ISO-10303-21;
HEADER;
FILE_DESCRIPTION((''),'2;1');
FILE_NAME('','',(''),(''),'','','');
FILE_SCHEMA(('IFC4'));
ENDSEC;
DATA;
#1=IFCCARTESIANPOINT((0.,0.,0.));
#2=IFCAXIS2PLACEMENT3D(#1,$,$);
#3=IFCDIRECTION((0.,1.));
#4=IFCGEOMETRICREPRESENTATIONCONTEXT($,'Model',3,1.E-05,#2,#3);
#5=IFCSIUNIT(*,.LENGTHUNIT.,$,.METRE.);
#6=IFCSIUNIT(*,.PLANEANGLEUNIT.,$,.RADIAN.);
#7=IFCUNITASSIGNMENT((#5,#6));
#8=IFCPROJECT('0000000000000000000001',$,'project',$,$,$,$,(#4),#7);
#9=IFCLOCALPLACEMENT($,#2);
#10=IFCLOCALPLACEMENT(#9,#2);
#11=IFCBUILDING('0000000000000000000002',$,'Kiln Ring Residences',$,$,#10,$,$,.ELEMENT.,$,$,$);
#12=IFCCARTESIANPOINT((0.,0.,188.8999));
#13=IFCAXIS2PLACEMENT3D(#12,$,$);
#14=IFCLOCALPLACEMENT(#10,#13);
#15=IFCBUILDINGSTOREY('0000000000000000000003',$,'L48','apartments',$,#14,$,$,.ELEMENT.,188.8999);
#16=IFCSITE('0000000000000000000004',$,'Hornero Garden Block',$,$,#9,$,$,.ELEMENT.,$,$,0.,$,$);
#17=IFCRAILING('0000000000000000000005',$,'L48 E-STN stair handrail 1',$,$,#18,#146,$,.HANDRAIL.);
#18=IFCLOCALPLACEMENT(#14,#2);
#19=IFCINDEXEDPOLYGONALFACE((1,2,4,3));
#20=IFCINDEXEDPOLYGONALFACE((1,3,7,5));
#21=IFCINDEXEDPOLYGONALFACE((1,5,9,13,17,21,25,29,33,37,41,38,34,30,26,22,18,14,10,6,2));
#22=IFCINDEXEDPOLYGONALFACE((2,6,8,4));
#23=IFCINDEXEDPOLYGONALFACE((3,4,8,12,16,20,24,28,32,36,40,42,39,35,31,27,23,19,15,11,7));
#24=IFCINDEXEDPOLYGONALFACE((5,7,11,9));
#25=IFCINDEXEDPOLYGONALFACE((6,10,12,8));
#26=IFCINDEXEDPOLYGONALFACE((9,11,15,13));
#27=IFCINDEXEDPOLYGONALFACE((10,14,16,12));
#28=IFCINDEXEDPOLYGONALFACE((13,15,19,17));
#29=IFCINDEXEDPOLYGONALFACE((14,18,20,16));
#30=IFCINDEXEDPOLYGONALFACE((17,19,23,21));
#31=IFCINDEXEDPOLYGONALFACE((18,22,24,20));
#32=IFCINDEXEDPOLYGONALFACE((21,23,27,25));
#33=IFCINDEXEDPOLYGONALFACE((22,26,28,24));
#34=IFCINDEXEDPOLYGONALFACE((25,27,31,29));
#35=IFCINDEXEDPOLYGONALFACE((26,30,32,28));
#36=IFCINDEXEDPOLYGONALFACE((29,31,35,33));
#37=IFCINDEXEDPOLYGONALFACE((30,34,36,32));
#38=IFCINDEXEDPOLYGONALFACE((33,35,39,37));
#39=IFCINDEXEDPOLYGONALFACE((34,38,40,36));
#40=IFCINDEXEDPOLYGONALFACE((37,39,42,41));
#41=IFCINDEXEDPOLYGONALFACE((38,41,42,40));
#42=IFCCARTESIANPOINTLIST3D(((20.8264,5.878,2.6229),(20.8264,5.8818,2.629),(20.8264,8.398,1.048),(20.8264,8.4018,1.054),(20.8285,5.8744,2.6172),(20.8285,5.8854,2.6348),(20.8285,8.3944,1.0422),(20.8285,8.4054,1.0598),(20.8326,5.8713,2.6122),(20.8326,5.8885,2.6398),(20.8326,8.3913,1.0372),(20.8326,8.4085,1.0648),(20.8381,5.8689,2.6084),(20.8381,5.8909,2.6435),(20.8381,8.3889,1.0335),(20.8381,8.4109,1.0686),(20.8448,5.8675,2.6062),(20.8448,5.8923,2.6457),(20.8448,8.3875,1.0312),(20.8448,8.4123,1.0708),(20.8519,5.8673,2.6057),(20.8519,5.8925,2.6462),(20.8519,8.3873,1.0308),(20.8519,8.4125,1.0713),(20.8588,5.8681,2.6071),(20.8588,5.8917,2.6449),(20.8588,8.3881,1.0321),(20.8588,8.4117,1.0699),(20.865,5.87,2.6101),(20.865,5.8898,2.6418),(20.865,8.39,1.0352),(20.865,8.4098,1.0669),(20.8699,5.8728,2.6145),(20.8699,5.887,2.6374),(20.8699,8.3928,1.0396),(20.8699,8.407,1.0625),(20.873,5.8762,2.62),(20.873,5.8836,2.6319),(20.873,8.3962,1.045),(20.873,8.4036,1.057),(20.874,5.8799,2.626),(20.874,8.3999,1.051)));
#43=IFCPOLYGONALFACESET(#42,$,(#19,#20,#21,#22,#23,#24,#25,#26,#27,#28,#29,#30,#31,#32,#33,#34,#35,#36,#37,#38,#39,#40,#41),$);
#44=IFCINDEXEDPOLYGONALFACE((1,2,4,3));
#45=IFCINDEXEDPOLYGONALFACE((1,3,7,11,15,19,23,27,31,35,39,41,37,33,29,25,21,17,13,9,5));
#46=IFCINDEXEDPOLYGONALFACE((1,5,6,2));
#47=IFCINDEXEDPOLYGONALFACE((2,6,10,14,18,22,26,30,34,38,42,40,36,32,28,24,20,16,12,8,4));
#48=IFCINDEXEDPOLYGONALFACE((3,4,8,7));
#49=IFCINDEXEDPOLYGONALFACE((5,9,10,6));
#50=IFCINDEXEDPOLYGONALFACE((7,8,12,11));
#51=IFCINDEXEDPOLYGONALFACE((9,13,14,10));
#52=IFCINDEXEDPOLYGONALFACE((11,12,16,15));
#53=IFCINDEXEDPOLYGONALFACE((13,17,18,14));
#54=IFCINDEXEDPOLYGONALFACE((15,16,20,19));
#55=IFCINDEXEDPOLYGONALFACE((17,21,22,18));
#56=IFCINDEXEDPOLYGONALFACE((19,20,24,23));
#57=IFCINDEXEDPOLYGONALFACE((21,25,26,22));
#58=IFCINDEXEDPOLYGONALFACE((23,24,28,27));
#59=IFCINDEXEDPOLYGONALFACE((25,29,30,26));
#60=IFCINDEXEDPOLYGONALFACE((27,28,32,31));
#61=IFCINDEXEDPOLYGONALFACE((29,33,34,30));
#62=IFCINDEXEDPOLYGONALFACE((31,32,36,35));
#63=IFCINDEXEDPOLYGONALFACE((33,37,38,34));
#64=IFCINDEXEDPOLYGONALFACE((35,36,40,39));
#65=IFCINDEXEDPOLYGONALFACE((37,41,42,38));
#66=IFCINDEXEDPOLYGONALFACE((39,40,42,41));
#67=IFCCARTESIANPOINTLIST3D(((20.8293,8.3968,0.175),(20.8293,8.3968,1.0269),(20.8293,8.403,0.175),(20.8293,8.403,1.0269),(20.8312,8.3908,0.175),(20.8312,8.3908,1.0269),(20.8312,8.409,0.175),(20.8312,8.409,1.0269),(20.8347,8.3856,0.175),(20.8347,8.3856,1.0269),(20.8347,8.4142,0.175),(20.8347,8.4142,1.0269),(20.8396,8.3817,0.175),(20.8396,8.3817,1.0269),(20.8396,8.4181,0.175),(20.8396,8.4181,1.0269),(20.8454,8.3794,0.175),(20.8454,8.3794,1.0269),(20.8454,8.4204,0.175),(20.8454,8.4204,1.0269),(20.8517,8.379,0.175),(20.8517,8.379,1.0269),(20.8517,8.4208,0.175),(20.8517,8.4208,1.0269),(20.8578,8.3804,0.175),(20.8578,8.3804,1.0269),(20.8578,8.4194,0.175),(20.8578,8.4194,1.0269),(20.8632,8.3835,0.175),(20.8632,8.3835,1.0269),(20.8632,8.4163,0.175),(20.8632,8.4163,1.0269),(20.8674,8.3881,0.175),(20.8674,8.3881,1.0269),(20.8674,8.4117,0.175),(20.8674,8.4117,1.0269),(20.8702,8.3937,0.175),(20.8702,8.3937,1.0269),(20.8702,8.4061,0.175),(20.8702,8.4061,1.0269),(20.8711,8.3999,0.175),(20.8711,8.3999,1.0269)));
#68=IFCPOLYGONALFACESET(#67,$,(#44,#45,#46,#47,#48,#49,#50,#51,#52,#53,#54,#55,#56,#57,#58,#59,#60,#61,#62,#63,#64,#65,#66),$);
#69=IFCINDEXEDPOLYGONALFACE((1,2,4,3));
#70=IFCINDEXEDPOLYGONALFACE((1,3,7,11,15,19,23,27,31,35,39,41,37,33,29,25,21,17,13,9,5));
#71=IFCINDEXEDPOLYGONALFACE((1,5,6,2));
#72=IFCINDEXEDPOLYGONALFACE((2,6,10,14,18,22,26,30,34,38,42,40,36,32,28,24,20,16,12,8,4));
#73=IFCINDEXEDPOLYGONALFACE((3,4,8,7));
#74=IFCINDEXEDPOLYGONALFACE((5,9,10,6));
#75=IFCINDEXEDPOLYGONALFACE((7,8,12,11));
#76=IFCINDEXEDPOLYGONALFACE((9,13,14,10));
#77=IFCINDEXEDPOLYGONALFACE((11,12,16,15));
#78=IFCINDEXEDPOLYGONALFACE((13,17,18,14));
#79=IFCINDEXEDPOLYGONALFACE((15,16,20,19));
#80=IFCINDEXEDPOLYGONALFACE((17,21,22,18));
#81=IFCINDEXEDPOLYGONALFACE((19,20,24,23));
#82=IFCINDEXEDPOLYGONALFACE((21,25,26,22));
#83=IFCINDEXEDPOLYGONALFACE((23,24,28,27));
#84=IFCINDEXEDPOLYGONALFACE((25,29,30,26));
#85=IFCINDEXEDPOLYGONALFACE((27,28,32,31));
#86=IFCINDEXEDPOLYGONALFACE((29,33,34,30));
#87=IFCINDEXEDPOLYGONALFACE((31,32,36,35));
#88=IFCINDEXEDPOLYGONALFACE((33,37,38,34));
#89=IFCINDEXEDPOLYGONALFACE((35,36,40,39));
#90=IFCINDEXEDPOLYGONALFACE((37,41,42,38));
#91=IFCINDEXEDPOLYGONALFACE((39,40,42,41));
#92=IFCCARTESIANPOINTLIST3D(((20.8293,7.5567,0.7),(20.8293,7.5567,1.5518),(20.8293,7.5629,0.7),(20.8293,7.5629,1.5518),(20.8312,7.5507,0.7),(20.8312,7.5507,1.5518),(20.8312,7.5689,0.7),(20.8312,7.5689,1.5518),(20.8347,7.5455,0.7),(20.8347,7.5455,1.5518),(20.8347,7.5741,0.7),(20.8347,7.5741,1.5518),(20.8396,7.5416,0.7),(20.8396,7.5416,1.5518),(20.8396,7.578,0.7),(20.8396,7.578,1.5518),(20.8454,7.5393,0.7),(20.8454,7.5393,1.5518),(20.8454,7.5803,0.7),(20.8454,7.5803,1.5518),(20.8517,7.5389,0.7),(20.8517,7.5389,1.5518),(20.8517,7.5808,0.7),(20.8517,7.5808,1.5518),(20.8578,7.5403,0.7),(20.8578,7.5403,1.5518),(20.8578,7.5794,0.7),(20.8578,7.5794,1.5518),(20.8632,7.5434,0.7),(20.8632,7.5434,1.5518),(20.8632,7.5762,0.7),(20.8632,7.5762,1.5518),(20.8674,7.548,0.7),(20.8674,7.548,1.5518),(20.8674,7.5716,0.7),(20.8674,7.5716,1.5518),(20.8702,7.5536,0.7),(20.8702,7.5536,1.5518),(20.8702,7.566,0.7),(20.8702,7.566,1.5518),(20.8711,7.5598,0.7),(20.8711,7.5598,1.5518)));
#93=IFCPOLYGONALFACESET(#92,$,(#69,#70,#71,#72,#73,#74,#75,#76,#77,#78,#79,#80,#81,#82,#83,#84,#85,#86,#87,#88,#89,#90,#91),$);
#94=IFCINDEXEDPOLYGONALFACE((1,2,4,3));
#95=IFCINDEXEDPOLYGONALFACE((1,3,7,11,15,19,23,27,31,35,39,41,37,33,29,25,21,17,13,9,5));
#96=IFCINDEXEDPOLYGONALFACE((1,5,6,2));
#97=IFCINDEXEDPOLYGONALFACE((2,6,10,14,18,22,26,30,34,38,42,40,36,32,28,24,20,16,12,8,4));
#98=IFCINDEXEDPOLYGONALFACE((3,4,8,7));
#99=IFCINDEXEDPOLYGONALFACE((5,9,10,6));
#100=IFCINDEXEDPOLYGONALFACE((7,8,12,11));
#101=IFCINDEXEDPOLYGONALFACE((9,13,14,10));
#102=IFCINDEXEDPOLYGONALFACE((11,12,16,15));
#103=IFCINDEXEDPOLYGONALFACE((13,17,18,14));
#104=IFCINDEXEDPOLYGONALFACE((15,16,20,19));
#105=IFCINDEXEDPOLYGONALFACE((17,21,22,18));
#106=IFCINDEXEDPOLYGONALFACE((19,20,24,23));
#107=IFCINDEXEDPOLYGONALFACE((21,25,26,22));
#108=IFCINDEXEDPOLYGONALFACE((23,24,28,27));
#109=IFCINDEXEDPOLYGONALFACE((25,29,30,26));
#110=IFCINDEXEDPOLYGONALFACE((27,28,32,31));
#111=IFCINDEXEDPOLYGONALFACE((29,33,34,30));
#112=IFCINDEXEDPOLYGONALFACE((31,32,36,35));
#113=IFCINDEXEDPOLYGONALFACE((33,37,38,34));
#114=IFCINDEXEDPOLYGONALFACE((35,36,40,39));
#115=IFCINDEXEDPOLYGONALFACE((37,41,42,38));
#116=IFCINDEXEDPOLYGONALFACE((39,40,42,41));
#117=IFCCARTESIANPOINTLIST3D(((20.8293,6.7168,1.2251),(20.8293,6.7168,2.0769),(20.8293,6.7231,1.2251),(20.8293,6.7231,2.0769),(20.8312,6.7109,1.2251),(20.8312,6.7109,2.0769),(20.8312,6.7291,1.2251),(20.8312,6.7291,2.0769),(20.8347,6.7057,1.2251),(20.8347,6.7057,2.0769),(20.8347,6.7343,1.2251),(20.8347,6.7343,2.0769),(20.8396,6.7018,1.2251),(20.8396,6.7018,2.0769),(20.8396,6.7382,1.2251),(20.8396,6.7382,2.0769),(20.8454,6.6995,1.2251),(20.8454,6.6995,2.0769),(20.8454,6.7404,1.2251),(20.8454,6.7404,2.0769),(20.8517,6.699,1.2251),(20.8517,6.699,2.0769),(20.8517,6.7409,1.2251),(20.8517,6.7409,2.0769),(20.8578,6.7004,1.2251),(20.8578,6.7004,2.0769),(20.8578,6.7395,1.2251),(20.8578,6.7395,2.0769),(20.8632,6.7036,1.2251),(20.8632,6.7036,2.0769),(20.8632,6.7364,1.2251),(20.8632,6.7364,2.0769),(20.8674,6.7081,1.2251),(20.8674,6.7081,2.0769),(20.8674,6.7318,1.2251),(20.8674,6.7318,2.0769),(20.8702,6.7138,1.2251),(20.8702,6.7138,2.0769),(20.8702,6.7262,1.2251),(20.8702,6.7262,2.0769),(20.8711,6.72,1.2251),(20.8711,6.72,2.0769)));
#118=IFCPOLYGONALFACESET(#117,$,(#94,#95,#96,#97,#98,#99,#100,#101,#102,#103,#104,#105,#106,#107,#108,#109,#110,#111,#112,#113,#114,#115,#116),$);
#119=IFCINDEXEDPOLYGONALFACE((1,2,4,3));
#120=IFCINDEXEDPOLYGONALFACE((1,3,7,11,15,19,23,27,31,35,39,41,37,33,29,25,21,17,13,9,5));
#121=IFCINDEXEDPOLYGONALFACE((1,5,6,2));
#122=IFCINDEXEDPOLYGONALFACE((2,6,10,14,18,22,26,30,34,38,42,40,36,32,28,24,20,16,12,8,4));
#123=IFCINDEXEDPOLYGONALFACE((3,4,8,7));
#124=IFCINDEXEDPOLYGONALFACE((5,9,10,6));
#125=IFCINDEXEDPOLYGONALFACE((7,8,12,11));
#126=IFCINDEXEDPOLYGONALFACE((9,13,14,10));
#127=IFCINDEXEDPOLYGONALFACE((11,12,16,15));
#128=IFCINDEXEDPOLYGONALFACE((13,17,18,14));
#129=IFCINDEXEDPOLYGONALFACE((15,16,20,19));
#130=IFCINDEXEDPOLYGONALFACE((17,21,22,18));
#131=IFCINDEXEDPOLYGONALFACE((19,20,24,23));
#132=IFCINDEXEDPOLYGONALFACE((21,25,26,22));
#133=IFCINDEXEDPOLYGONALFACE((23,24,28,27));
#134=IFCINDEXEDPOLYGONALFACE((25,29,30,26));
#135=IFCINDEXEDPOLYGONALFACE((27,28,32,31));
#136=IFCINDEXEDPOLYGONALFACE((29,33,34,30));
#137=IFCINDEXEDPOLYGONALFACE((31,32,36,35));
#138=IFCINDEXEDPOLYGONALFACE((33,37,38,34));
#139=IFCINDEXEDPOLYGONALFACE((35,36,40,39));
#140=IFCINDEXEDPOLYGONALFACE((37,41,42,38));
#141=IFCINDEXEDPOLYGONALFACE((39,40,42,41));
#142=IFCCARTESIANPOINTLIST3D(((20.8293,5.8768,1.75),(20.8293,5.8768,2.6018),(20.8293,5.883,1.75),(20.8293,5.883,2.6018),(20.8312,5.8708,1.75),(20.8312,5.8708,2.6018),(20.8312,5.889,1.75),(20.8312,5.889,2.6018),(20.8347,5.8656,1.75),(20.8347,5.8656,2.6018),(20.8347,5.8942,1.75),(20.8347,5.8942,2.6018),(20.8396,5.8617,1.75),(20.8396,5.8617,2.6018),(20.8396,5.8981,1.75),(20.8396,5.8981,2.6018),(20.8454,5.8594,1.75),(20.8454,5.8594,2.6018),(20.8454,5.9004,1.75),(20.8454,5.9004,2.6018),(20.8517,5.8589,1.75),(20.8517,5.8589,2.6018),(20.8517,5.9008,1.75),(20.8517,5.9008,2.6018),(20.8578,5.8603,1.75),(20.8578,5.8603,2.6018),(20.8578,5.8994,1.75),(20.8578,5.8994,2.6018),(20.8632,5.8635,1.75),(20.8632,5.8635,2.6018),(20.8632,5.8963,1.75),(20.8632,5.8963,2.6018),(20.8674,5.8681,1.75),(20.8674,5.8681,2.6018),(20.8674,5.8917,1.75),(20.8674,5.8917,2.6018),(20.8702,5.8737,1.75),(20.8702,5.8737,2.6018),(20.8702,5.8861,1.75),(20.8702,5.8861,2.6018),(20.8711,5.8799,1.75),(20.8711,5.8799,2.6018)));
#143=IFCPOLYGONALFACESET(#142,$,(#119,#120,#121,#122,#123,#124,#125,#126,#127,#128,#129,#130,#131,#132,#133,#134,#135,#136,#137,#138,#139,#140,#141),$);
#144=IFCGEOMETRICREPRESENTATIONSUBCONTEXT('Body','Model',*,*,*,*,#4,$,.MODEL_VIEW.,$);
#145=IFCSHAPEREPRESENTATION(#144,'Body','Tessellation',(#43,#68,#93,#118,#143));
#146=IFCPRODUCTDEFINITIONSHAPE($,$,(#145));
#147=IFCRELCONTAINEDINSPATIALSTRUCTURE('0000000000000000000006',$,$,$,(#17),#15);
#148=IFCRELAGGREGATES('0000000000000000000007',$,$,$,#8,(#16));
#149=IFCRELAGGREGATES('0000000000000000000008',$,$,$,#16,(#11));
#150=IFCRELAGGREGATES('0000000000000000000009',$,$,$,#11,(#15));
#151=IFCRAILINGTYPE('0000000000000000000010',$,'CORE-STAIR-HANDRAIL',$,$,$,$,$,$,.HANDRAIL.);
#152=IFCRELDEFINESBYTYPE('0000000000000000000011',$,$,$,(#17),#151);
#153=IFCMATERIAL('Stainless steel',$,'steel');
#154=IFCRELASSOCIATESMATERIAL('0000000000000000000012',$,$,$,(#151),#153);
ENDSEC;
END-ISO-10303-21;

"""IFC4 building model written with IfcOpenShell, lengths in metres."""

from ifc_helpers import new_model, si_unit, direction, frame, origin, origin_2d, place, context, subcontext, project, spatial, circle, extrude, material, type_object, element, save


model = new_model("IFC4")

# Units and contexts
model_context = context("Model", 3, precision=1e-05, world=origin(), true_north=direction((0.0, 1.0)))
body_context = subcontext(model_context, "Body", "Model", "MODEL_VIEW")
ifc_project = project(units=[si_unit("LENGTHUNIT", "METRE"), si_unit("PLANEANGLEUNIT", "RADIAN")], contexts=[model_context])

# Site, building, storey
site_placement = place(None, origin())
site = spatial("IfcSite", under=ifc_project, at=site_placement, Name="Hornero Garden Block", CompositionType="ELEMENT", RefElevation=0.0)
building_placement = place(site_placement, origin())
building = spatial("IfcBuilding", under=site, at=building_placement, Name="Kiln Ring Residences", CompositionType="ELEMENT")
storey_placement = place(building_placement, frame((0.0, 0.0, 188.8999)))
storey = spatial("IfcBuildingStorey", under=building, at=storey_placement, Name="L48", Description="apartments", CompositionType="ELEMENT", Elevation=188.8999)

# Railing
ifc_material_1 = material(Name="Stainless steel", Category="steel")
railing_type_1 = type_object("IfcRailingType", Name="CORE-STAIR-HANDRAIL", PredefinedType="HANDRAIL", material=ifc_material_1)
railing_1_placement = place(storey_placement, frame((20.8501, 8.3999, 0.175)))
element("IfcRailing", 1, at=railing_1_placement, inside=storey, type_object=railing_type_1, Name="L48 E-STN stair handrail 1", PredefinedType="HANDRAIL", context=body_context, shape_type="SweptSolid", body=[
    extrude(circle(Radius=0.0239, at=origin_2d()), frame((0.0, 0.0, 0.876), z_axis=(0.0, -0.848008, 0.529984), x_axis=(1.0, 0.0, 0.0)), (0.0, 0.0, 1.0), 2.9717),
    extrude(circle(Radius=0.021, at=origin_2d()), origin(), (0.0, 0.0, 1.0), 0.8518),
    extrude(circle(Radius=0.021, at=origin_2d()), frame((0.0, -0.8401, 0.5249)), (0.0, 0.0, 1.0), 0.8518),
    extrude(circle(Radius=0.021, at=origin_2d()), frame((0.0, -1.6799, 1.05)), (0.0, 0.0, 1.0), 0.8518),
    extrude(circle(Radius=0.021, at=origin_2d()), frame((0.0, -2.52, 1.575)), (0.0, 0.0, 1.0), 0.8518),
])

save(model, "model.ifc")
